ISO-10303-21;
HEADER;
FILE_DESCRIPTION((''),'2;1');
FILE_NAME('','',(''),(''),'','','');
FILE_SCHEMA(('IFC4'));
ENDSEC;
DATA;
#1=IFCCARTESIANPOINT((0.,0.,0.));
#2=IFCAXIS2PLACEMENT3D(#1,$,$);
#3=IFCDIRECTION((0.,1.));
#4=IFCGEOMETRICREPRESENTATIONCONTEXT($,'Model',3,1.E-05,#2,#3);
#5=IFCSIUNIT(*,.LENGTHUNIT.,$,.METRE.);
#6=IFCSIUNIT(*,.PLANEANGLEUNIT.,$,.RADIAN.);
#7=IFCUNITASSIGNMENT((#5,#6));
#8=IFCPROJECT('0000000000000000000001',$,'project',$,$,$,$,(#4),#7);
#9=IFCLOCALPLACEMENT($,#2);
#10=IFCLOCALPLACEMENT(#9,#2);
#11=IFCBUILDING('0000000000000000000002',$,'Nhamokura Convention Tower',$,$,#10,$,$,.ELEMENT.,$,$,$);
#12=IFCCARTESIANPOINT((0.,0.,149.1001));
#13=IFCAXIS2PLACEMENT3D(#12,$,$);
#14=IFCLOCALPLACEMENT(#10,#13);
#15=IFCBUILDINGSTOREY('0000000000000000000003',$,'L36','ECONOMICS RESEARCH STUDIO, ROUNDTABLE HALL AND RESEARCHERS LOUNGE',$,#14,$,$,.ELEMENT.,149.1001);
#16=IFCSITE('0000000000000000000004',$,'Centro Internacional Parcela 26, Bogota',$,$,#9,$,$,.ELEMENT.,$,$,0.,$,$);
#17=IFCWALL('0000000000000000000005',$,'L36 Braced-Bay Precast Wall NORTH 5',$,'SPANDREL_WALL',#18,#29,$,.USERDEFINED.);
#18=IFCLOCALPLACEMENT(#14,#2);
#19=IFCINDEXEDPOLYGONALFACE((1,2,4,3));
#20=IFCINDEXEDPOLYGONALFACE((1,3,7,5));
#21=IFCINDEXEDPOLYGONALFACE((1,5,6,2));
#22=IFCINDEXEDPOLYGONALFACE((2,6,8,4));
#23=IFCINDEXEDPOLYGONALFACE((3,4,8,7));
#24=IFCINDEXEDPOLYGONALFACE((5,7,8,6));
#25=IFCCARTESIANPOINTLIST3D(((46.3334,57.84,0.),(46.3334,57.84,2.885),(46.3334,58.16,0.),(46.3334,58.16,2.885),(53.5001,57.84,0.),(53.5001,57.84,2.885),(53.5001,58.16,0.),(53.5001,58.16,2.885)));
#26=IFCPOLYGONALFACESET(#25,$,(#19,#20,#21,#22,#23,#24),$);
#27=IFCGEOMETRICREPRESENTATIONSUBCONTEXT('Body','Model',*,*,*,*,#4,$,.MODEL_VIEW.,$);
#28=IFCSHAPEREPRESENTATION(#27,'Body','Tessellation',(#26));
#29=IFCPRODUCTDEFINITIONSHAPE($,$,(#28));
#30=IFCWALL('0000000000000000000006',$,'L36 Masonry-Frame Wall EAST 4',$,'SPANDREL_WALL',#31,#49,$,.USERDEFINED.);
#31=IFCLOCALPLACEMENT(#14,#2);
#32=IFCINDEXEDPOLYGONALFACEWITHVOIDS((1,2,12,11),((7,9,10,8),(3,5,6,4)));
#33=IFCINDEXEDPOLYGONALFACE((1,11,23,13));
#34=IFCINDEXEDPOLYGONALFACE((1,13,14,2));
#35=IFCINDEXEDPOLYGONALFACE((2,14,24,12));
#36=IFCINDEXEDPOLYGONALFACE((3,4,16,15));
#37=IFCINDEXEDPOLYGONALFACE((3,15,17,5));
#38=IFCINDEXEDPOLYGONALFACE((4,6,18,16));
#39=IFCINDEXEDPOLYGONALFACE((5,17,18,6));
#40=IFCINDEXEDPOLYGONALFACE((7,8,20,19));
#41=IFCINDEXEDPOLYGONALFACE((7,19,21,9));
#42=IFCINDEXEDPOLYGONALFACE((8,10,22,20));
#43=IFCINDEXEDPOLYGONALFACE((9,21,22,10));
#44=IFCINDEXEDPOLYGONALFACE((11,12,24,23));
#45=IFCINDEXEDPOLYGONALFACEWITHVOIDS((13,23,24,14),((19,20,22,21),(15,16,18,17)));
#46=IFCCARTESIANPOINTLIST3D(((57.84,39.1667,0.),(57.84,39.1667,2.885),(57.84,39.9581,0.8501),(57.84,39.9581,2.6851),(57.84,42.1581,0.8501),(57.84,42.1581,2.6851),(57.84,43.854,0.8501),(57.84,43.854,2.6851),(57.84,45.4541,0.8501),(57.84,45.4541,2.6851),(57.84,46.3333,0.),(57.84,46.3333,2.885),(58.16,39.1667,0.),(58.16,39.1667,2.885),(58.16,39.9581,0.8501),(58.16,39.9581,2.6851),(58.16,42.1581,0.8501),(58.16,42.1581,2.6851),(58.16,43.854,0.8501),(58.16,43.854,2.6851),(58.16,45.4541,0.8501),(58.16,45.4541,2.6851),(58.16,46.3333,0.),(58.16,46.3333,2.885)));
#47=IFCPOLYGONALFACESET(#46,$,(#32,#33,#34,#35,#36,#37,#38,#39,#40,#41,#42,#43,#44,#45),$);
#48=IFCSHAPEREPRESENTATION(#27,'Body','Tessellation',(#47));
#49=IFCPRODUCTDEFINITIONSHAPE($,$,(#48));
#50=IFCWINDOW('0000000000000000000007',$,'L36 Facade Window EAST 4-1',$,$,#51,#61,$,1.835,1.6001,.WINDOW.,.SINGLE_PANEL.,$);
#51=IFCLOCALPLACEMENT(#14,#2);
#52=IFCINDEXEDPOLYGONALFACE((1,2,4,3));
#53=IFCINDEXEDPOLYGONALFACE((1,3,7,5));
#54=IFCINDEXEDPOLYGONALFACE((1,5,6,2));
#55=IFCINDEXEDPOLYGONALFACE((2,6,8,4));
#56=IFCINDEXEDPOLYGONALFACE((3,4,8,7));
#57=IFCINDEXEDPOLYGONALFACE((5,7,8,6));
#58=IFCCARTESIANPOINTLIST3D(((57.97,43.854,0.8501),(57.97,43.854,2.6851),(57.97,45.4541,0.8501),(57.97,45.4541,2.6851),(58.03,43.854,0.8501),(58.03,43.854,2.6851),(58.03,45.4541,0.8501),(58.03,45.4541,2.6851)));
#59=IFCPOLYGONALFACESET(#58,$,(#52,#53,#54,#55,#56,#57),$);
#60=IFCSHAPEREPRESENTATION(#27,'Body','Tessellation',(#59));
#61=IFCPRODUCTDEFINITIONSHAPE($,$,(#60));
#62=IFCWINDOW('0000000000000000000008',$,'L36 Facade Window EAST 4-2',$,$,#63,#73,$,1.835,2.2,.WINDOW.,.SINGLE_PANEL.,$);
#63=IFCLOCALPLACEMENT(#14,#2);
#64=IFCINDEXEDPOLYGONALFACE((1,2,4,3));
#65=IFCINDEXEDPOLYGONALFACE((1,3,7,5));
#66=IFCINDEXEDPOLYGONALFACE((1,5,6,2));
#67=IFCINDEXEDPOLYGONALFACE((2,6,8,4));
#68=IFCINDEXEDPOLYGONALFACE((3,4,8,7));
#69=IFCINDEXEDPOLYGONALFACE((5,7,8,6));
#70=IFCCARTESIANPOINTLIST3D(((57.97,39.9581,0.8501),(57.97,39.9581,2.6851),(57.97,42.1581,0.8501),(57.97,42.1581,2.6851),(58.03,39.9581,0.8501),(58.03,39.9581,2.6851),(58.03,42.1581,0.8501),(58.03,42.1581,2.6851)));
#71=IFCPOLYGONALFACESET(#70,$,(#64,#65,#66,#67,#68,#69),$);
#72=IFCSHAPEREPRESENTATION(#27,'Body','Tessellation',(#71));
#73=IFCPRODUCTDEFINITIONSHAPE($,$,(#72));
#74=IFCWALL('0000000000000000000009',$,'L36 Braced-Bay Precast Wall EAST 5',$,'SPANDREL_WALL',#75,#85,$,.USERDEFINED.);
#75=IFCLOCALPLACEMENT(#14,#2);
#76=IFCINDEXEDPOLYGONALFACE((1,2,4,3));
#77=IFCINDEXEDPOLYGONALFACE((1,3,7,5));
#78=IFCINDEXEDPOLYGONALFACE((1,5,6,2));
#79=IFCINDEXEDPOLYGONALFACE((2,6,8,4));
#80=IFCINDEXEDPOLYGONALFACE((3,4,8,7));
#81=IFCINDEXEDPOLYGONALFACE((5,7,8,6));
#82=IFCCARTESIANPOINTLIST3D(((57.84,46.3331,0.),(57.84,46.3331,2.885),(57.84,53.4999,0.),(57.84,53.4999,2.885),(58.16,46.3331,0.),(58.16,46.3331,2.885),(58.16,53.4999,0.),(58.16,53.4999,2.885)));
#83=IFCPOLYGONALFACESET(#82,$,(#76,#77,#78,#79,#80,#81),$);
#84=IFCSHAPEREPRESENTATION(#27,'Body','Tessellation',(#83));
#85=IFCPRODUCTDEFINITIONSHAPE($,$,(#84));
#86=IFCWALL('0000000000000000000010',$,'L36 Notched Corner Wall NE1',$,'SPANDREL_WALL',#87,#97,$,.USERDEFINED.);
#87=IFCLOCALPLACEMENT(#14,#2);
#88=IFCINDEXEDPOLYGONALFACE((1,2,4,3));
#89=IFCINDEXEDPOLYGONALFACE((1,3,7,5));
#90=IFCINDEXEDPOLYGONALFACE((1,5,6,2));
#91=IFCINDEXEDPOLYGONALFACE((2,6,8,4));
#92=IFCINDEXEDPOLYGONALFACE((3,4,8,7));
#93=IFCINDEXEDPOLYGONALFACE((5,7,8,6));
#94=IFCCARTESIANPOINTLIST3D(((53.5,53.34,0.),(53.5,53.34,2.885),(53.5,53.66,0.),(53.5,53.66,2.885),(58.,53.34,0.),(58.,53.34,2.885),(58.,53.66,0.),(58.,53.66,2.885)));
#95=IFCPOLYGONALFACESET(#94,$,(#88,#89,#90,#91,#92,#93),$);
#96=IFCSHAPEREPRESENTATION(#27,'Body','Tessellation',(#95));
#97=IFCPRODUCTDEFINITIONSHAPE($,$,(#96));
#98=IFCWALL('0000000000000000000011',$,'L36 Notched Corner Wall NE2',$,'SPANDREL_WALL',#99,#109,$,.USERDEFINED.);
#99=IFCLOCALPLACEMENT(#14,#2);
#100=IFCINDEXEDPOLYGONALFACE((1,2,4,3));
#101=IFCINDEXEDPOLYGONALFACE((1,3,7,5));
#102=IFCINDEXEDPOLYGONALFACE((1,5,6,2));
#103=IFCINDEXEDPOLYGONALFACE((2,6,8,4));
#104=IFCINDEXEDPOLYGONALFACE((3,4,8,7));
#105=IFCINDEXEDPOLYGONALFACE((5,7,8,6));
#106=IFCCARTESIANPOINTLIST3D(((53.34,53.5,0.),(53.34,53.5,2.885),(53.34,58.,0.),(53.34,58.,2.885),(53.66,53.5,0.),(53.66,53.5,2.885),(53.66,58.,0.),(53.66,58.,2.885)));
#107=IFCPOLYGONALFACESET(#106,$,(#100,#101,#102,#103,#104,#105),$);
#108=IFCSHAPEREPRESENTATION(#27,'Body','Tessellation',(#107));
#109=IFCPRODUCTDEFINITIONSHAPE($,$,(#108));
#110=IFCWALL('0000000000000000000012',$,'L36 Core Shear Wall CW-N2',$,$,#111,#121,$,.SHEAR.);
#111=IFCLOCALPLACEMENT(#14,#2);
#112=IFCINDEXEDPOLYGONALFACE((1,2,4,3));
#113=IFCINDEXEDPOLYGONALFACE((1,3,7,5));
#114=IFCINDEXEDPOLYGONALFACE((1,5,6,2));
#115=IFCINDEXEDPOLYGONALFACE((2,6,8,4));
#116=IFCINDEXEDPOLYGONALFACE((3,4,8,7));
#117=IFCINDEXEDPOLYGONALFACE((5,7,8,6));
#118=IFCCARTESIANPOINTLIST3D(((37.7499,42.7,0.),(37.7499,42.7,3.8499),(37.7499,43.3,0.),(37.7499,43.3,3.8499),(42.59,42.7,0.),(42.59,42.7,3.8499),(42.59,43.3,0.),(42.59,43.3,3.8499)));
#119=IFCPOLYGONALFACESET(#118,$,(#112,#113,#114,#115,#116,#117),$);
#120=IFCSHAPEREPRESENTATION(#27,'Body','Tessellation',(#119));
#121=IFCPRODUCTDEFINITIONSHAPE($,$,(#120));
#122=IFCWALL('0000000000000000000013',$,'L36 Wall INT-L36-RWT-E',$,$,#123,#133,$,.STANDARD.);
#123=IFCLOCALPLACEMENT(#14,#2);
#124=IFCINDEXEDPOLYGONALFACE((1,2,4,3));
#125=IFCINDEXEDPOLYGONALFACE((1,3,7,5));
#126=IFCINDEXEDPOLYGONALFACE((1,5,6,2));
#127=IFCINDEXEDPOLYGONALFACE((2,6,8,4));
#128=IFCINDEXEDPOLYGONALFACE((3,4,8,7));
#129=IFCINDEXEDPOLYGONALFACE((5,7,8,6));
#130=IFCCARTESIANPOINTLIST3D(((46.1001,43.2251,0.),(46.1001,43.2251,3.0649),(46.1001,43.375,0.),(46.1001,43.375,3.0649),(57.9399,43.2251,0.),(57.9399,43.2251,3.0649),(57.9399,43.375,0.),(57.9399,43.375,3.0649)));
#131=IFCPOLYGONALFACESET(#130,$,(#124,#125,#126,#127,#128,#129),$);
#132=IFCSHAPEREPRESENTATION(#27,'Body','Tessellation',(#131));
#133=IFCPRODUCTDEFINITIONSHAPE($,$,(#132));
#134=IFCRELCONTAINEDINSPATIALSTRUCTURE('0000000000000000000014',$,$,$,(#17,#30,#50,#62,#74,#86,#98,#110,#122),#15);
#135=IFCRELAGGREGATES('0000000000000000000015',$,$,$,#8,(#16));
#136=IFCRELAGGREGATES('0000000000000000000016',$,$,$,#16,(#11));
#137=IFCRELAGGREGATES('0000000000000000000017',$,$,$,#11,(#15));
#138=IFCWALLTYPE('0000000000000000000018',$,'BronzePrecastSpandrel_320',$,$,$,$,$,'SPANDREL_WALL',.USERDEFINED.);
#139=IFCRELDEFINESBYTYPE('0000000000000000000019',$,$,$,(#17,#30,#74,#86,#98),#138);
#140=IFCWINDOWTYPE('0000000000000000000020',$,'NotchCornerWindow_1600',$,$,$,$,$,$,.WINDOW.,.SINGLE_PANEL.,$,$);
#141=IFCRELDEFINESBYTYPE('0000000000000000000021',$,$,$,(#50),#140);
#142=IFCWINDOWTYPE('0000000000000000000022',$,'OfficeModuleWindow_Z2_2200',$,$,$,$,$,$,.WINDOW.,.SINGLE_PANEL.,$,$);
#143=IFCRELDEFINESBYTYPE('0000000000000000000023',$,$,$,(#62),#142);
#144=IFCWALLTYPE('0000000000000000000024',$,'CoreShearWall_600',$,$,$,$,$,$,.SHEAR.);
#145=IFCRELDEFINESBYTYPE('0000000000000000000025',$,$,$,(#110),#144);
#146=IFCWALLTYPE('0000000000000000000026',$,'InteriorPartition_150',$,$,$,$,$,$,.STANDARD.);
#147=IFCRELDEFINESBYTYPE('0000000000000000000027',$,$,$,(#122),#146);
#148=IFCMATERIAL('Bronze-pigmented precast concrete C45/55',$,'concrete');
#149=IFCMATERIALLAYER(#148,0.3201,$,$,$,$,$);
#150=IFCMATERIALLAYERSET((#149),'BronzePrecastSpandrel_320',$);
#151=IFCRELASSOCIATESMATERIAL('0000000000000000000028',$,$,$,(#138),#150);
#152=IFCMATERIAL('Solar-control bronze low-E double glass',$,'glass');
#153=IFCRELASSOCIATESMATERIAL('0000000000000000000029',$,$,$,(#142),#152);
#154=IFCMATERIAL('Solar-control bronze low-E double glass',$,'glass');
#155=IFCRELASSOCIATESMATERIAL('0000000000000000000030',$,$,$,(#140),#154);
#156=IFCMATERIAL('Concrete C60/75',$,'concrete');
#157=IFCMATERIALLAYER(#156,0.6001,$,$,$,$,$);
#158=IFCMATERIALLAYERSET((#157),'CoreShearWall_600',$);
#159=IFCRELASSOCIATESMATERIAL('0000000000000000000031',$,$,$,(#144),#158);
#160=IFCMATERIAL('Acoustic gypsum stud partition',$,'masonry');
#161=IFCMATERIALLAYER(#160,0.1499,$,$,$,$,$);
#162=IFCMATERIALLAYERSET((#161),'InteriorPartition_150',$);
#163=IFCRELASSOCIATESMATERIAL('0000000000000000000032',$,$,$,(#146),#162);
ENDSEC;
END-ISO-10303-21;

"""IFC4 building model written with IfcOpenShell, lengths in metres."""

from ifc_helpers import new_model, si_unit, direction, frame, frame_2d, origin, place, context, subcontext, project, spatial, rectangle, extrude, material, layer, layer_set, type_object, element, fill, save


model = new_model("IFC4")

# Units and contexts
model_context = context("Model", 3, precision=1e-05, world=origin(), true_north=direction((0.0, 1.0)))
body_context = subcontext(model_context, "Body", "Model", "MODEL_VIEW")
ifc_project = project(units=[si_unit("LENGTHUNIT", "METRE"), si_unit("PLANEANGLEUNIT", "RADIAN")], contexts=[model_context])

# Site, building, storey
site_placement = place(None, origin())
site = spatial("IfcSite", under=ifc_project, at=site_placement, Name="Centro Internacional Parcela 26, Bogota", CompositionType="ELEMENT", RefElevation=0.0)
building_placement = place(site_placement, origin())
building = spatial("IfcBuilding", under=site, at=building_placement, Name="Nhamokura Convention Tower", CompositionType="ELEMENT")
storey_placement = place(building_placement, frame((0.0, 0.0, 149.1001)))
storey = spatial("IfcBuildingStorey", under=building, at=storey_placement, Name="L36", Description="ECONOMICS RESEARCH STUDIO, ROUNDTABLE HALL AND RESEARCHERS LOUNGE", CompositionType="ELEMENT", Elevation=149.1001)

# Shared definitions
ifc_material_1 = material(Name="Bronze-pigmented precast concrete C45/55", Category="concrete")
ifc_layer_1 = layer(ifc_material_1, 0.3201)
ifc_layer_set_1 = layer_set([ifc_layer_1], Name="BronzePrecastSpandrel_320")
wall_type_1 = type_object("IfcWallType", Name="BronzePrecastSpandrel_320", ElementType="SPANDREL_WALL", PredefinedType="USERDEFINED", material=ifc_layer_set_1)

# Shared definitions
ifc_material_2 = material(Name="Solar-control bronze low-E double glass", Category="glass")
window_type_1 = type_object("IfcWindowType", Name="OfficeModuleWindow_Z2_2200", PartitioningType="SINGLE_PANEL", PredefinedType="WINDOW", material=ifc_material_2)

# Wall
wall_1_placement = place(storey_placement, frame((46.3333, 58.0, 0.0), z_axis=(0.0, 0.0, 1.0), x_axis=(1.0, 0.0, 0.0)))
element("IfcWall", 1, at=wall_1_placement, inside=storey, type_object=wall_type_1, Name="L36 Braced-Bay Precast Wall NORTH 5", ObjectType="SPANDREL_WALL", PredefinedType="USERDEFINED", context=body_context, shape_type="SweptSolid", body=[
    extrude(rectangle(XDim=7.1667, YDim=0.3201, at=frame_2d((3.5835, 0.0))), origin(), (0.0, 0.0, 1.0), 2.885),
])

# Wall, openings, windows
wall_2_placement = place(storey_placement, frame((58.0, 46.3333, 0.0), z_axis=(0.0, 0.0, 1.0), x_axis=(0.0, -1.0, 0.0)))
wall_2 = element("IfcWall", 2, at=wall_2_placement, inside=storey, type_object=wall_type_1, Name="L36 Masonry-Frame Wall EAST 4", ObjectType="SPANDREL_WALL", PredefinedType="USERDEFINED", context=body_context, shape_type="SweptSolid", body=[
    extrude(rectangle(XDim=7.1665, YDim=0.3201, at=frame_2d((3.5833, 0.0))), origin(), (0.0, 0.0, 1.0), 2.885),
])
opening_1_placement = place(wall_2_placement, frame((0.8792, 0.0, 0.8501)))
opening_1 = element("IfcOpeningElement", 3, at=opening_1_placement, cuts=wall_2, PredefinedType="OPENING", context=body_context, shape_type="SweptSolid", body=[
    extrude(rectangle(XDim=1.6001, YDim=1.835, at=frame_2d((0.8, 0.9175))), frame((0.0, 0.1699, 0.0), z_axis=(0.0, -1.0, 0.0), x_axis=(1.0, 0.0, 0.0)), (0.0, 0.0, 1.0), 0.3401),
])
opening_2_placement = place(wall_2_placement, frame((4.175, 0.0, 0.8501)))
opening_2 = element("IfcOpeningElement", 4, at=opening_2_placement, cuts=wall_2, PredefinedType="OPENING", context=body_context, shape_type="SweptSolid", body=[
    extrude(rectangle(XDim=2.2, YDim=1.835, at=frame_2d((1.1001, 0.9175))), frame((0.0, 0.1699, 0.0), z_axis=(0.0, -1.0, 0.0), x_axis=(1.0, 0.0, 0.0)), (0.0, 0.0, 1.0), 0.3401),
])
ifc_material_3 = material(Name="Solar-control bronze low-E double glass", Category="glass")
window_type_2 = type_object("IfcWindowType", Name="NotchCornerWindow_1600", PartitioningType="SINGLE_PANEL", PredefinedType="WINDOW", material=ifc_material_3)
window_1_placement = place(opening_1_placement, origin())
window_1 = element("IfcWindow", 5, at=window_1_placement, inside=storey, type_object=window_type_2, Name="L36 Facade Window EAST 4-1", OverallHeight=1.835, OverallWidth=1.6001, PartitioningType="SINGLE_PANEL", PredefinedType="WINDOW", context=body_context, shape_type="SweptSolid", body=[
    extrude(rectangle(XDim=1.6001, YDim=1.835, at=frame_2d((0.8, 0.9175))), frame((0.0, 0.03, 0.0), z_axis=(0.0, -1.0, 0.0), x_axis=(1.0, 0.0, 0.0)), (0.0, 0.0, 1.0), 0.0601),
])
fill(opening_1, window_1)
window_2_placement = place(opening_2_placement, origin())
window_2 = element("IfcWindow", 6, at=window_2_placement, inside=storey, type_object=window_type_1, Name="L36 Facade Window EAST 4-2", OverallHeight=1.835, OverallWidth=2.2, PartitioningType="SINGLE_PANEL", PredefinedType="WINDOW", context=body_context, shape_type="SweptSolid", body=[
    extrude(rectangle(XDim=2.2, YDim=1.835, at=frame_2d((1.1001, 0.9175))), frame((0.0, 0.03, 0.0), z_axis=(0.0, -1.0, 0.0), x_axis=(1.0, 0.0, 0.0)), (0.0, 0.0, 1.0), 0.0601),
])
fill(opening_2, window_2)

# Walls
wall_3_placement = place(storey_placement, frame((58.0, 53.5, 0.0), z_axis=(0.0, 0.0, 1.0), x_axis=(0.0, -1.0, 0.0)))
element("IfcWall", 7, at=wall_3_placement, inside=storey, type_object=wall_type_1, Name="L36 Braced-Bay Precast Wall EAST 5", ObjectType="SPANDREL_WALL", PredefinedType="USERDEFINED", context=body_context, shape_type="SweptSolid", body=[
    extrude(rectangle(XDim=7.1667, YDim=0.3201, at=frame_2d((3.5835, 0.0))), origin(), (0.0, 0.0, 1.0), 2.885),
])
for number, where, z_axis, x_axis, name in (
    (8, (53.5, 53.5, 0.0), (0.0, 0.0, 1.0), (1.0, 0.0, 0.0), "L36 Notched Corner Wall NE1"),
    (9, (53.5, 58.0, 0.0), (0.0, 0.0, 1.0), (0.0, -1.0, 0.0), "L36 Notched Corner Wall NE2"),
):
    element("IfcWall", number, at=place(storey_placement, frame(where, z_axis=z_axis, x_axis=x_axis)), inside=storey, type_object=wall_type_1, Name=name, ObjectType="SPANDREL_WALL", PredefinedType="USERDEFINED", context=body_context, shape_type="SweptSolid", body=[
        extrude(rectangle(XDim=4.5, YDim=0.3201, at=frame_2d((2.25, 0.0))), origin(), (0.0, 0.0, 1.0), 2.885),
    ])
ifc_material_4 = material(Name="Concrete C60/75", Category="concrete")
ifc_layer_2 = layer(ifc_material_4, 0.6001)
ifc_layer_set_2 = layer_set([ifc_layer_2], Name="CoreShearWall_600")
wall_type_2 = type_object("IfcWallType", Name="CoreShearWall_600", PredefinedType="SHEAR", material=ifc_layer_set_2)
wall_4_placement = place(storey_placement, frame((37.75, 43.0, 0.0), z_axis=(0.0, 0.0, 1.0), x_axis=(1.0, 0.0, 0.0)))
element("IfcWall", 10, at=wall_4_placement, inside=storey, type_object=wall_type_2, Name="L36 Core Shear Wall CW-N2", PredefinedType="SHEAR", context=body_context, shape_type="SweptSolid", body=[
    extrude(rectangle(XDim=4.8401, YDim=0.6001, at=frame_2d((2.4199, 0.0))), origin(), (0.0, 0.0, 1.0), 3.8499),
])
ifc_material_5 = material(Name="Acoustic gypsum stud partition", Category="masonry")
ifc_layer_3 = layer(ifc_material_5, 0.1499)
ifc_layer_set_3 = layer_set([ifc_layer_3], Name="InteriorPartition_150")
wall_type_3 = type_object("IfcWallType", Name="InteriorPartition_150", PredefinedType="STANDARD", material=ifc_layer_set_3)
wall_5_placement = place(storey_placement, frame((46.1001, 43.3, 0.0), z_axis=(0.0, 0.0, 1.0), x_axis=(1.0, 0.0, 0.0)))
element("IfcWall", 11, at=wall_5_placement, inside=storey, type_object=wall_type_3, Name="L36 Wall INT-L36-RWT-E", PredefinedType="STANDARD", context=body_context, shape_type="SweptSolid", body=[
    extrude(rectangle(XDim=11.8398, YDim=0.1499, at=frame_2d((5.9199, 0.0))), origin(), (0.0, 0.0, 1.0), 3.0649),
])

save(model, "model.ifc")
